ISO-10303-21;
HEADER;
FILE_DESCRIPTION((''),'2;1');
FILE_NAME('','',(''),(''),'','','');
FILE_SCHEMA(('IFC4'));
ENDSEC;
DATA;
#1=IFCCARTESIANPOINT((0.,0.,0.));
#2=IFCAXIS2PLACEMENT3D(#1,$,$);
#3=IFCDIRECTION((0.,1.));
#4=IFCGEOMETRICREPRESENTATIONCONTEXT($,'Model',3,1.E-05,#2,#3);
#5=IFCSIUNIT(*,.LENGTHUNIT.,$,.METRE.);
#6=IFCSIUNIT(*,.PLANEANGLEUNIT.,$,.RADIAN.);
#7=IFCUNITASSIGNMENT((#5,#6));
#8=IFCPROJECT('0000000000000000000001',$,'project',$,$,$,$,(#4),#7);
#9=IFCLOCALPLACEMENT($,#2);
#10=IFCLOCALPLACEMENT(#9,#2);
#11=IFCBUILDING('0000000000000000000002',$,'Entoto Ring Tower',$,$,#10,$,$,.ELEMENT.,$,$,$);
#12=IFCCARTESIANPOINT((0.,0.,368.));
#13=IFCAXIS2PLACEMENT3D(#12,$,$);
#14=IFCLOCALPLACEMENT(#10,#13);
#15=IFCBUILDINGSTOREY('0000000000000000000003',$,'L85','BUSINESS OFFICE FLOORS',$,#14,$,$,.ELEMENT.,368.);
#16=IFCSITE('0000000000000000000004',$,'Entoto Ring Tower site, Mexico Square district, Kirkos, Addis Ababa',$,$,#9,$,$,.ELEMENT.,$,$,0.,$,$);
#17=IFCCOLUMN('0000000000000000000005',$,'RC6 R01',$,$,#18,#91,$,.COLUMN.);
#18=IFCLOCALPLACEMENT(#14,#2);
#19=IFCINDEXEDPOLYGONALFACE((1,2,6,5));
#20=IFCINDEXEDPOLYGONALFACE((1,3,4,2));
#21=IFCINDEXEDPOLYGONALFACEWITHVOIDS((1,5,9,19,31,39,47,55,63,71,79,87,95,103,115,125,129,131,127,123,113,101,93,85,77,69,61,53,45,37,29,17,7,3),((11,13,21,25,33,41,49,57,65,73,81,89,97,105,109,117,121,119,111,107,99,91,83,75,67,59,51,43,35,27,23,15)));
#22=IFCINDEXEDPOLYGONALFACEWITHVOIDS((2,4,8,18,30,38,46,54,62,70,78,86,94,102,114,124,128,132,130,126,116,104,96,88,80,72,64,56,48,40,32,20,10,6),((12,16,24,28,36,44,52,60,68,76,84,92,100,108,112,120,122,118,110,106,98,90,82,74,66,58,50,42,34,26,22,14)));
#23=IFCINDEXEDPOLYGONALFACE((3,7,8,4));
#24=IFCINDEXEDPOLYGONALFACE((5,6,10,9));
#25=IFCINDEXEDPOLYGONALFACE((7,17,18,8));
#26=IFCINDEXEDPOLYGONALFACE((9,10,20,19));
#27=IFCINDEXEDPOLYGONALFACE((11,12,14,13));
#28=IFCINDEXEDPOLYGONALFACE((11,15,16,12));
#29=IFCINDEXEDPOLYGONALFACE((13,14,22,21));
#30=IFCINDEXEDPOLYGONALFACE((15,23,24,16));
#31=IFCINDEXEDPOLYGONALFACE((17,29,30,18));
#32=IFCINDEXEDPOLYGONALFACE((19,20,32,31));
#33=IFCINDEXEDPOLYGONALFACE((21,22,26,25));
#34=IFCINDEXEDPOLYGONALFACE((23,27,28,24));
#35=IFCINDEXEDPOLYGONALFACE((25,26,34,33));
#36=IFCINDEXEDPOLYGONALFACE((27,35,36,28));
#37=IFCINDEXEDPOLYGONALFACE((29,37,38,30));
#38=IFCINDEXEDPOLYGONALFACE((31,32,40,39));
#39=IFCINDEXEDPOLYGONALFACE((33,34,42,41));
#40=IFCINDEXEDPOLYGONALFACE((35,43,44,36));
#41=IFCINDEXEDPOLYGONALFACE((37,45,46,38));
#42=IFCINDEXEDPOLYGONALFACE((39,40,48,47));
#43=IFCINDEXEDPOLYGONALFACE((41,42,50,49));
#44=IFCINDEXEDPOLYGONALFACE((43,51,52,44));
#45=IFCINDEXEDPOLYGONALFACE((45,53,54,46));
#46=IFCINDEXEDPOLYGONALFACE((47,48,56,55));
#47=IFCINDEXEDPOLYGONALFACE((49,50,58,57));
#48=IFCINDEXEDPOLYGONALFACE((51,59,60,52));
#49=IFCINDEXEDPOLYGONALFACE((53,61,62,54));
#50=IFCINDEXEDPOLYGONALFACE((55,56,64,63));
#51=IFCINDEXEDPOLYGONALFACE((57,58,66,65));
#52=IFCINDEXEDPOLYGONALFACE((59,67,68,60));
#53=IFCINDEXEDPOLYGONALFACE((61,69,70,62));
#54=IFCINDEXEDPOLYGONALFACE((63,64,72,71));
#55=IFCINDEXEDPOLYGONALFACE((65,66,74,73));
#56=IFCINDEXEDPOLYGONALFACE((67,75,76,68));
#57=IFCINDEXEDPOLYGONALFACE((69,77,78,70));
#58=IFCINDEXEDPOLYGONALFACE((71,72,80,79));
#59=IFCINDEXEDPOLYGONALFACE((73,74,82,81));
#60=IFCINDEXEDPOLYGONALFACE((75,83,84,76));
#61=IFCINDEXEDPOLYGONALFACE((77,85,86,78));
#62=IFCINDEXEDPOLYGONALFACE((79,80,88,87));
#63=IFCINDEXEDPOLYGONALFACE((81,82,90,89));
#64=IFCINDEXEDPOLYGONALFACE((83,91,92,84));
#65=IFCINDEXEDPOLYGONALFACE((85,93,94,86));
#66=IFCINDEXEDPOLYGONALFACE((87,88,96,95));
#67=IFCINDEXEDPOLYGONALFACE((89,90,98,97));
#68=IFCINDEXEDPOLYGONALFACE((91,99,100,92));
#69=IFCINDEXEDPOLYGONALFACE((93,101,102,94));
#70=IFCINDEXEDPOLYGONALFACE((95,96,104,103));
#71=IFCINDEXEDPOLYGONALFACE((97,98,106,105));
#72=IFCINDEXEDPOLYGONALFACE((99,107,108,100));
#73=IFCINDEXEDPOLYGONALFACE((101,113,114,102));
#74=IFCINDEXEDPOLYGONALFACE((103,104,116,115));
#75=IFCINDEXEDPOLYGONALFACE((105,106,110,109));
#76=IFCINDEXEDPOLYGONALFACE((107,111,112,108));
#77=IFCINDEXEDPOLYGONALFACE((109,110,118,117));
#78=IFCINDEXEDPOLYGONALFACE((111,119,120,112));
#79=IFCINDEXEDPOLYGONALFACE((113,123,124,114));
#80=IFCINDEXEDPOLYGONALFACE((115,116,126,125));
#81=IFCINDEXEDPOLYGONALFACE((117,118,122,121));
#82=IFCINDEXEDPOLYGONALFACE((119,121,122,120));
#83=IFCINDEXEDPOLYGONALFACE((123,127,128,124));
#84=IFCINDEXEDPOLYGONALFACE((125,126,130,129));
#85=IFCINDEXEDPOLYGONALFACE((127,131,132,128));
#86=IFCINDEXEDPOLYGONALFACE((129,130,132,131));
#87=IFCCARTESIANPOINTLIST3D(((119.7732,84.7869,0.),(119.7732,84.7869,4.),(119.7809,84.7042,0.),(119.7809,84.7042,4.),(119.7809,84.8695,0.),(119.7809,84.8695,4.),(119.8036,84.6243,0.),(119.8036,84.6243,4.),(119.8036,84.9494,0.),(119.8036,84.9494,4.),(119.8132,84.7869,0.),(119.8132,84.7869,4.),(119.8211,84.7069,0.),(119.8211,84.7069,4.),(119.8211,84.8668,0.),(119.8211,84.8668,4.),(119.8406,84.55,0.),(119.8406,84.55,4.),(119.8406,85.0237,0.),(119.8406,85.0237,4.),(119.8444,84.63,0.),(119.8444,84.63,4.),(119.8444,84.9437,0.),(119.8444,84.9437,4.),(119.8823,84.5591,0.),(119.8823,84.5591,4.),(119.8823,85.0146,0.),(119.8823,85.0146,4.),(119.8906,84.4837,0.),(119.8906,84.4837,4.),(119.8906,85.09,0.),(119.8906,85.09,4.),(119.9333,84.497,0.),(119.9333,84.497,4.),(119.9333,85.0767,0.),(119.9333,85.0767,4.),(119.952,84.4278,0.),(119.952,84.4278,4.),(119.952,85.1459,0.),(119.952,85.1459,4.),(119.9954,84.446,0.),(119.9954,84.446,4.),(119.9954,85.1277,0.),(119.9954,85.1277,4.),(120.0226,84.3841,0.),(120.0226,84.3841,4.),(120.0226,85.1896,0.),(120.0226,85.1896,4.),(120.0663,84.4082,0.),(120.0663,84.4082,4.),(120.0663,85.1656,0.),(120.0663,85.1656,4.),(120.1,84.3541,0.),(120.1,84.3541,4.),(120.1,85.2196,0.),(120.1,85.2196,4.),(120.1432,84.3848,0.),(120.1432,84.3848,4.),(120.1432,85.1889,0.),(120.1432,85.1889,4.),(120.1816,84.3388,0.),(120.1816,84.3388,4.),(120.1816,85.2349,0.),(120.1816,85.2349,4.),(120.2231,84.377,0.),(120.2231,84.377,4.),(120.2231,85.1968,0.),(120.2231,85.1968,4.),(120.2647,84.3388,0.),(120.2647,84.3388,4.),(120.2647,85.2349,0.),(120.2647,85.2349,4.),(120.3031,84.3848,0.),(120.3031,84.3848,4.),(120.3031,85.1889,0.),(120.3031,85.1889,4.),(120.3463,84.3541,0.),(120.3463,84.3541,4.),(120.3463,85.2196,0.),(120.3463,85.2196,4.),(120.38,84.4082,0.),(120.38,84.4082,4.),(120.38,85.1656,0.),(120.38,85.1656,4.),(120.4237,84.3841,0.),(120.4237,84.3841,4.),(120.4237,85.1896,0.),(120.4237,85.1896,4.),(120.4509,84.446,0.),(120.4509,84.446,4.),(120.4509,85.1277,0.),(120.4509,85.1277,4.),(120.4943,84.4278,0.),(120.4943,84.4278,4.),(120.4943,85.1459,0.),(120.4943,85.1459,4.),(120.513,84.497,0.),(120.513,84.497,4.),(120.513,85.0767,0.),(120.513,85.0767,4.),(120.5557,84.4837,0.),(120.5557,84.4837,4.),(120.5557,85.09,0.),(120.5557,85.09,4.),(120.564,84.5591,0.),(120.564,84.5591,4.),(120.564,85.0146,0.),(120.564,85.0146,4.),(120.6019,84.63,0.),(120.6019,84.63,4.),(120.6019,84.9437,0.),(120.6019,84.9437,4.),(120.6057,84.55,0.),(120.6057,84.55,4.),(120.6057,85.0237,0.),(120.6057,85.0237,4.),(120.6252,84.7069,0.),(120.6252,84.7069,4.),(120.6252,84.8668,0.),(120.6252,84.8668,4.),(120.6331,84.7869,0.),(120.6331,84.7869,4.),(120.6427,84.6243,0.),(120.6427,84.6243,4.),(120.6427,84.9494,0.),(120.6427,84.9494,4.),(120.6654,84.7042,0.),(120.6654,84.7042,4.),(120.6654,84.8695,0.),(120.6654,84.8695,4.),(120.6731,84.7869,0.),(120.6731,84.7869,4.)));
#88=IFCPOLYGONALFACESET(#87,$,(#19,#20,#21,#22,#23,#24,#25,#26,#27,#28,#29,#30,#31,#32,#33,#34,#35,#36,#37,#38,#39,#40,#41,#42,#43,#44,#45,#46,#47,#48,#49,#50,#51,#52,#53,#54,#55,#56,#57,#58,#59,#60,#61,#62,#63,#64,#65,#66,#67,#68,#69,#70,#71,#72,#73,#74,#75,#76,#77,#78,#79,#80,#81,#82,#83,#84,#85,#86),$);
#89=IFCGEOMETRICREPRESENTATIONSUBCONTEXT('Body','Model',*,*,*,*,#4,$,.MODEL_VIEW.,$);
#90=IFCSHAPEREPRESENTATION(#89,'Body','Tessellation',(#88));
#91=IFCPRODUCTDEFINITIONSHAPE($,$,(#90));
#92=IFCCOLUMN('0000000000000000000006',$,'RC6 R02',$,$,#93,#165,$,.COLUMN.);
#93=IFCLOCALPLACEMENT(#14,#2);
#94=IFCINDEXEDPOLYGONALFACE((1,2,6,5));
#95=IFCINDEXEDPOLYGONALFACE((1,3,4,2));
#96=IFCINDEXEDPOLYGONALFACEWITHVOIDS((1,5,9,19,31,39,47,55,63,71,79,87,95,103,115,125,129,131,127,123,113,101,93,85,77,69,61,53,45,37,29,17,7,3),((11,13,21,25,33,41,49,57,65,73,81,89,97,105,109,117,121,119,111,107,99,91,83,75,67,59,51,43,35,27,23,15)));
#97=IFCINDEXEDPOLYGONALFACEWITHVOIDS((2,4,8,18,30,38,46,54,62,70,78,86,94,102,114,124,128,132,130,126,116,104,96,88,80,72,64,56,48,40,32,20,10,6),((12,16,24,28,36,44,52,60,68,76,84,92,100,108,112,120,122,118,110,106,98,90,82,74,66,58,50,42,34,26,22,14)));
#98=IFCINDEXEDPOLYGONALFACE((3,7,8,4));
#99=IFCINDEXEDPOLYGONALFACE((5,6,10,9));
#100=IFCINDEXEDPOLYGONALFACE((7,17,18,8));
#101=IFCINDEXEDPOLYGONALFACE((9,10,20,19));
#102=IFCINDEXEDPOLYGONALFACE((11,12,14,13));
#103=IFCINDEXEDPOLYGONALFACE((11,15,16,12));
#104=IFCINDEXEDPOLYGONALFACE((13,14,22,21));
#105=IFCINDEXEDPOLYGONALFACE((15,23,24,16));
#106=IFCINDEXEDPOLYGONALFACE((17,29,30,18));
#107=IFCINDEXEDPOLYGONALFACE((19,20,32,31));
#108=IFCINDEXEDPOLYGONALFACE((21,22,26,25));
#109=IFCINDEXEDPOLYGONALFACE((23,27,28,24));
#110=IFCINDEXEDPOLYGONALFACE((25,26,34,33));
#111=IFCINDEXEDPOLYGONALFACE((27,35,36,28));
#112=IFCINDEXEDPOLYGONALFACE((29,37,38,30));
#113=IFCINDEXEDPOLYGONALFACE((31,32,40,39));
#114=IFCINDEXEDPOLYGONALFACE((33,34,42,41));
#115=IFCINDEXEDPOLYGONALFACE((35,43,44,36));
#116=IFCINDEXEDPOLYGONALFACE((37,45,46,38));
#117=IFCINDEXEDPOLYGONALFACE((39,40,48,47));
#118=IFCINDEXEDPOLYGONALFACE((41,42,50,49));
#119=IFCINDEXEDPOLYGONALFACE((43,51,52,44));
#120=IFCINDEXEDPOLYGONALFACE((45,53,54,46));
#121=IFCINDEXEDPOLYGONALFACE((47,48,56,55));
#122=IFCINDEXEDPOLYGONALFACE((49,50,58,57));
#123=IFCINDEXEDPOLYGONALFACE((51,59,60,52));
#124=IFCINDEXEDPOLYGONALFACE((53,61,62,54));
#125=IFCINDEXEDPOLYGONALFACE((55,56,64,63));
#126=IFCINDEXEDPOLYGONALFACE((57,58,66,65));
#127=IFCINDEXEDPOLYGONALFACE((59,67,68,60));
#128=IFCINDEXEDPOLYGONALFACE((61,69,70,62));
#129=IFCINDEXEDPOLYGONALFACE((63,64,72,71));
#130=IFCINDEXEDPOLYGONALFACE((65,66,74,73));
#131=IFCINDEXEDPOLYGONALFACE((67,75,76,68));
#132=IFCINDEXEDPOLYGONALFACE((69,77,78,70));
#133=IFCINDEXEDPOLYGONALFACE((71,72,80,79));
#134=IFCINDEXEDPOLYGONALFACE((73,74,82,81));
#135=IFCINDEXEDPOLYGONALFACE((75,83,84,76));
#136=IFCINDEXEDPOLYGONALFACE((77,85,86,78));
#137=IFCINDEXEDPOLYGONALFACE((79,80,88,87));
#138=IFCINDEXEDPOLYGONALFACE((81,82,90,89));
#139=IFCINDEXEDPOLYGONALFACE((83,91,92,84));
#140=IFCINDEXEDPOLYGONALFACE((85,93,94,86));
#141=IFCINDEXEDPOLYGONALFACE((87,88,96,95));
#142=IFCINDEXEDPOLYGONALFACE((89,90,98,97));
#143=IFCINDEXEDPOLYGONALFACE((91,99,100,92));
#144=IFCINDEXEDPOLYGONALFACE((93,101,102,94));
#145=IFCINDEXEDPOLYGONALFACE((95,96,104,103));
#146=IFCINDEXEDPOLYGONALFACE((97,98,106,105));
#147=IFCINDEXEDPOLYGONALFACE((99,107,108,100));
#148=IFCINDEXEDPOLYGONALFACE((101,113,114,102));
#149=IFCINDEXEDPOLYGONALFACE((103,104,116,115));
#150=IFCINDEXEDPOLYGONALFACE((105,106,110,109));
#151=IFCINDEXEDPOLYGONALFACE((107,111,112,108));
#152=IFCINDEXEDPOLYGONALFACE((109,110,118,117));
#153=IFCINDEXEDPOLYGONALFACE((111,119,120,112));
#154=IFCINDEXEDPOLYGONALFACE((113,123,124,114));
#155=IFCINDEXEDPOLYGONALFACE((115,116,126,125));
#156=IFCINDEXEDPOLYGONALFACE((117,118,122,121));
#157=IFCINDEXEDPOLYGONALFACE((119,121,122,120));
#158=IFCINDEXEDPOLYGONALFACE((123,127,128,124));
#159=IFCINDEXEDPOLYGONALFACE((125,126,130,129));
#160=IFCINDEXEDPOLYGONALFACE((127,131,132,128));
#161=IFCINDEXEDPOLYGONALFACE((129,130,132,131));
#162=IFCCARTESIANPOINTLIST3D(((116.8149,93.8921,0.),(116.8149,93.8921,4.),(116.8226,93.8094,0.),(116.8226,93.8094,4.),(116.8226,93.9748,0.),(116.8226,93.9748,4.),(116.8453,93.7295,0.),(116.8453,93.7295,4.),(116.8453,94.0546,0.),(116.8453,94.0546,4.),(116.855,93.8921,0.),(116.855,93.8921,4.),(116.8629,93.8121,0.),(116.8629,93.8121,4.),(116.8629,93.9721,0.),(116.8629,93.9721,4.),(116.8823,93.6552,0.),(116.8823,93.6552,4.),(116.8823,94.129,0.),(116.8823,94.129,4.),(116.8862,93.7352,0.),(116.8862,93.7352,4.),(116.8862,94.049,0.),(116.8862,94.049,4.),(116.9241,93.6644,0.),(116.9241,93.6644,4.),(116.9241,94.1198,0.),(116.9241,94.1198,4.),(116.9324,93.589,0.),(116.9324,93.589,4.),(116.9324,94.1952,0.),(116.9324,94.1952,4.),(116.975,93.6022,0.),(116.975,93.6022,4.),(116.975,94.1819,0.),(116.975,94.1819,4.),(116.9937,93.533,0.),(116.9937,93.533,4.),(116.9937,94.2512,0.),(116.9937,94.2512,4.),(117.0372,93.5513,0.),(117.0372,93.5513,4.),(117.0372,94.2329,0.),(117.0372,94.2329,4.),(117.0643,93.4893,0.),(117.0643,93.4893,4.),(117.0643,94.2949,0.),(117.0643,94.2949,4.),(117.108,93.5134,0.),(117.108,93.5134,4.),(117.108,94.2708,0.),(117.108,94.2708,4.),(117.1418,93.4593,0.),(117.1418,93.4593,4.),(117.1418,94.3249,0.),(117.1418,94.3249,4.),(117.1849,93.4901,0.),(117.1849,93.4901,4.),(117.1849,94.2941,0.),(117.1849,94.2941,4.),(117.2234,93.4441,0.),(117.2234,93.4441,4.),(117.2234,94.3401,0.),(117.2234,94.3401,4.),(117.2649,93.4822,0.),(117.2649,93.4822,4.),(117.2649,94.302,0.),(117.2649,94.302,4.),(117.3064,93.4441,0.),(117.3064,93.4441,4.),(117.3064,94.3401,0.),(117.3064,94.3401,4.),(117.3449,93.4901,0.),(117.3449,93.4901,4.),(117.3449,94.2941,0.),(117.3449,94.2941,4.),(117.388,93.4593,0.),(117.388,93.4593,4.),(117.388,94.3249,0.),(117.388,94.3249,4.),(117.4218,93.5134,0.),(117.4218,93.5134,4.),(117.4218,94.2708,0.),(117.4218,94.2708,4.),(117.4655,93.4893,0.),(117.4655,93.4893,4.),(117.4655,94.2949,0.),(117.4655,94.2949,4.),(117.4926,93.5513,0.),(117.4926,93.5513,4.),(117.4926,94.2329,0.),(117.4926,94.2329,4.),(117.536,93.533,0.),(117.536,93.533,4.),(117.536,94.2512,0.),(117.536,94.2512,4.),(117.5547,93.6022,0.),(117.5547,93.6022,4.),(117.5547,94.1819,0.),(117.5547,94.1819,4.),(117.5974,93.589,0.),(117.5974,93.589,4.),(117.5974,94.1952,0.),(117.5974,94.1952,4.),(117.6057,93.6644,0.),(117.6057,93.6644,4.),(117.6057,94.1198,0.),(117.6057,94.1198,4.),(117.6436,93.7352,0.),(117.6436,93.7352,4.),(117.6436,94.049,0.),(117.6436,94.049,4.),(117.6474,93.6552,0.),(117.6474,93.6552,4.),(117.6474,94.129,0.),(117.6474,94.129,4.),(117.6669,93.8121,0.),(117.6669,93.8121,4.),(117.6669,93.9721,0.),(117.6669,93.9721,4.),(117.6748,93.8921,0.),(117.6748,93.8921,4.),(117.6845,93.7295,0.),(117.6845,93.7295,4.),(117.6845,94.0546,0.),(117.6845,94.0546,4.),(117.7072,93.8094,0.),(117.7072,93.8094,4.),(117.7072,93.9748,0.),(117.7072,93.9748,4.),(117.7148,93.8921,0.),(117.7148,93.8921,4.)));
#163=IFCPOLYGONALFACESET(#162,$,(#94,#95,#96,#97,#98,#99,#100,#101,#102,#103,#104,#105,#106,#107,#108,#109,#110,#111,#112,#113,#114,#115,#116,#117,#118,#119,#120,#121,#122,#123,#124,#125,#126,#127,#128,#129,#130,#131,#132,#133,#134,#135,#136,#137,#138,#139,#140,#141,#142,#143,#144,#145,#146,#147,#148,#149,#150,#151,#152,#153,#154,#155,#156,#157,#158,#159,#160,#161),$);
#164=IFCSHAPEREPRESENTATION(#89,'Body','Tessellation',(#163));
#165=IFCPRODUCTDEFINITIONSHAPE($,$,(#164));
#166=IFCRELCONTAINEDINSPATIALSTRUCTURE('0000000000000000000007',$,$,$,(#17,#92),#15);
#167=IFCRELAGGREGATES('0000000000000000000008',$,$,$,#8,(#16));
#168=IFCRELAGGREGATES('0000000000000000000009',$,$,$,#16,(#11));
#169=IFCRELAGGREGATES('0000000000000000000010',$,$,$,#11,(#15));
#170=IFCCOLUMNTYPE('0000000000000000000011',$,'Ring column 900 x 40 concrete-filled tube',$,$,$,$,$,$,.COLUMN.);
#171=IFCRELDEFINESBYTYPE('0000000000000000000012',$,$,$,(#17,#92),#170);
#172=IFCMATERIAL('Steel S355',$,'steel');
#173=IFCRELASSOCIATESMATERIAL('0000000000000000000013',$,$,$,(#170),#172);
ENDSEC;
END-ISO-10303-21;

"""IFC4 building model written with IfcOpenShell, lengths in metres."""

from ifc_helpers import new_model, si_unit, direction, frame, origin, origin_2d, place, context, subcontext, project, spatial, circle, hollow_circle, extrude, material, material_profile, profile_set, type_object, element, save


model = new_model("IFC4")

# Units and contexts
model_context = context("Model", 3, precision=1e-05, world=origin(), true_north=direction((0.0, 1.0)))
body_context = subcontext(model_context, "Body", "Model", "MODEL_VIEW")
ifc_project = project(units=[si_unit("LENGTHUNIT", "METRE"), si_unit("PLANEANGLEUNIT", "RADIAN")], contexts=[model_context])

# Site, building, storey
site_placement = place(None, origin())
site = spatial("IfcSite", under=ifc_project, at=site_placement, Name="Entoto Ring Tower site, Mexico Square district, Kirkos, Addis Ababa", CompositionType="ELEMENT", RefElevation=0.0)
building_placement = place(site_placement, origin())
building = spatial("IfcBuilding", under=site, at=building_placement, Name="Entoto Ring Tower", CompositionType="ELEMENT")
storey_placement = place(building_placement, frame((0.0, 0.0, 368.0)))
storey = spatial("IfcBuildingStorey", under=building, at=storey_placement, Name="L85", Description="BUSINESS OFFICE FLOORS", CompositionType="ELEMENT", Elevation=368.0)

# Columns
ifc_material_1 = material(Name="Steel S355", Category="steel")
ifc_material_profile_1 = material_profile(ifc_material_1, hollow_circle(Radius=0.45, WallThickness=0.04, at=origin_2d()), Name="CHS 900 x 40")
ifc_material_2 = material(Name="Concrete C60/75", Category="concrete")
ifc_material_profile_2 = material_profile(ifc_material_2, circle(Radius=0.4099, at=origin_2d()), Name="Concrete C60/75 infill")
ifc_profile_set_1 = profile_set([ifc_material_profile_1, ifc_material_profile_2], Name="Steel S355")
column_type = type_object("IfcColumnType", Name="Ring column 900 x 40 concrete-filled tube", PredefinedType="COLUMN", material=ifc_profile_set_1)
for number, where, z_axis, x_axis, name in (
    (1, (120.2231, 84.7869, 0.0), (0.0, 0.0, 1.0), (1.0, 0.0, 0.0), "RC6 R01"),
    (2, (117.2649, 93.8921, 0.0), (0.0, 0.0, 1.0), (1.0, 0.0, 0.0), "RC6 R02"),
):
    element("IfcColumn", number, at=place(storey_placement, frame(where, z_axis=z_axis, x_axis=x_axis)), inside=storey, type_object=column_type, Name=name, PredefinedType="COLUMN", context=body_context, shape_type="SweptSolid", body=[
        extrude(hollow_circle(Radius=0.45, WallThickness=0.04, at=origin_2d()), origin(), (0.0, 0.0, 1.0), 4.0),
    ])

save(model, "model.ifc")
